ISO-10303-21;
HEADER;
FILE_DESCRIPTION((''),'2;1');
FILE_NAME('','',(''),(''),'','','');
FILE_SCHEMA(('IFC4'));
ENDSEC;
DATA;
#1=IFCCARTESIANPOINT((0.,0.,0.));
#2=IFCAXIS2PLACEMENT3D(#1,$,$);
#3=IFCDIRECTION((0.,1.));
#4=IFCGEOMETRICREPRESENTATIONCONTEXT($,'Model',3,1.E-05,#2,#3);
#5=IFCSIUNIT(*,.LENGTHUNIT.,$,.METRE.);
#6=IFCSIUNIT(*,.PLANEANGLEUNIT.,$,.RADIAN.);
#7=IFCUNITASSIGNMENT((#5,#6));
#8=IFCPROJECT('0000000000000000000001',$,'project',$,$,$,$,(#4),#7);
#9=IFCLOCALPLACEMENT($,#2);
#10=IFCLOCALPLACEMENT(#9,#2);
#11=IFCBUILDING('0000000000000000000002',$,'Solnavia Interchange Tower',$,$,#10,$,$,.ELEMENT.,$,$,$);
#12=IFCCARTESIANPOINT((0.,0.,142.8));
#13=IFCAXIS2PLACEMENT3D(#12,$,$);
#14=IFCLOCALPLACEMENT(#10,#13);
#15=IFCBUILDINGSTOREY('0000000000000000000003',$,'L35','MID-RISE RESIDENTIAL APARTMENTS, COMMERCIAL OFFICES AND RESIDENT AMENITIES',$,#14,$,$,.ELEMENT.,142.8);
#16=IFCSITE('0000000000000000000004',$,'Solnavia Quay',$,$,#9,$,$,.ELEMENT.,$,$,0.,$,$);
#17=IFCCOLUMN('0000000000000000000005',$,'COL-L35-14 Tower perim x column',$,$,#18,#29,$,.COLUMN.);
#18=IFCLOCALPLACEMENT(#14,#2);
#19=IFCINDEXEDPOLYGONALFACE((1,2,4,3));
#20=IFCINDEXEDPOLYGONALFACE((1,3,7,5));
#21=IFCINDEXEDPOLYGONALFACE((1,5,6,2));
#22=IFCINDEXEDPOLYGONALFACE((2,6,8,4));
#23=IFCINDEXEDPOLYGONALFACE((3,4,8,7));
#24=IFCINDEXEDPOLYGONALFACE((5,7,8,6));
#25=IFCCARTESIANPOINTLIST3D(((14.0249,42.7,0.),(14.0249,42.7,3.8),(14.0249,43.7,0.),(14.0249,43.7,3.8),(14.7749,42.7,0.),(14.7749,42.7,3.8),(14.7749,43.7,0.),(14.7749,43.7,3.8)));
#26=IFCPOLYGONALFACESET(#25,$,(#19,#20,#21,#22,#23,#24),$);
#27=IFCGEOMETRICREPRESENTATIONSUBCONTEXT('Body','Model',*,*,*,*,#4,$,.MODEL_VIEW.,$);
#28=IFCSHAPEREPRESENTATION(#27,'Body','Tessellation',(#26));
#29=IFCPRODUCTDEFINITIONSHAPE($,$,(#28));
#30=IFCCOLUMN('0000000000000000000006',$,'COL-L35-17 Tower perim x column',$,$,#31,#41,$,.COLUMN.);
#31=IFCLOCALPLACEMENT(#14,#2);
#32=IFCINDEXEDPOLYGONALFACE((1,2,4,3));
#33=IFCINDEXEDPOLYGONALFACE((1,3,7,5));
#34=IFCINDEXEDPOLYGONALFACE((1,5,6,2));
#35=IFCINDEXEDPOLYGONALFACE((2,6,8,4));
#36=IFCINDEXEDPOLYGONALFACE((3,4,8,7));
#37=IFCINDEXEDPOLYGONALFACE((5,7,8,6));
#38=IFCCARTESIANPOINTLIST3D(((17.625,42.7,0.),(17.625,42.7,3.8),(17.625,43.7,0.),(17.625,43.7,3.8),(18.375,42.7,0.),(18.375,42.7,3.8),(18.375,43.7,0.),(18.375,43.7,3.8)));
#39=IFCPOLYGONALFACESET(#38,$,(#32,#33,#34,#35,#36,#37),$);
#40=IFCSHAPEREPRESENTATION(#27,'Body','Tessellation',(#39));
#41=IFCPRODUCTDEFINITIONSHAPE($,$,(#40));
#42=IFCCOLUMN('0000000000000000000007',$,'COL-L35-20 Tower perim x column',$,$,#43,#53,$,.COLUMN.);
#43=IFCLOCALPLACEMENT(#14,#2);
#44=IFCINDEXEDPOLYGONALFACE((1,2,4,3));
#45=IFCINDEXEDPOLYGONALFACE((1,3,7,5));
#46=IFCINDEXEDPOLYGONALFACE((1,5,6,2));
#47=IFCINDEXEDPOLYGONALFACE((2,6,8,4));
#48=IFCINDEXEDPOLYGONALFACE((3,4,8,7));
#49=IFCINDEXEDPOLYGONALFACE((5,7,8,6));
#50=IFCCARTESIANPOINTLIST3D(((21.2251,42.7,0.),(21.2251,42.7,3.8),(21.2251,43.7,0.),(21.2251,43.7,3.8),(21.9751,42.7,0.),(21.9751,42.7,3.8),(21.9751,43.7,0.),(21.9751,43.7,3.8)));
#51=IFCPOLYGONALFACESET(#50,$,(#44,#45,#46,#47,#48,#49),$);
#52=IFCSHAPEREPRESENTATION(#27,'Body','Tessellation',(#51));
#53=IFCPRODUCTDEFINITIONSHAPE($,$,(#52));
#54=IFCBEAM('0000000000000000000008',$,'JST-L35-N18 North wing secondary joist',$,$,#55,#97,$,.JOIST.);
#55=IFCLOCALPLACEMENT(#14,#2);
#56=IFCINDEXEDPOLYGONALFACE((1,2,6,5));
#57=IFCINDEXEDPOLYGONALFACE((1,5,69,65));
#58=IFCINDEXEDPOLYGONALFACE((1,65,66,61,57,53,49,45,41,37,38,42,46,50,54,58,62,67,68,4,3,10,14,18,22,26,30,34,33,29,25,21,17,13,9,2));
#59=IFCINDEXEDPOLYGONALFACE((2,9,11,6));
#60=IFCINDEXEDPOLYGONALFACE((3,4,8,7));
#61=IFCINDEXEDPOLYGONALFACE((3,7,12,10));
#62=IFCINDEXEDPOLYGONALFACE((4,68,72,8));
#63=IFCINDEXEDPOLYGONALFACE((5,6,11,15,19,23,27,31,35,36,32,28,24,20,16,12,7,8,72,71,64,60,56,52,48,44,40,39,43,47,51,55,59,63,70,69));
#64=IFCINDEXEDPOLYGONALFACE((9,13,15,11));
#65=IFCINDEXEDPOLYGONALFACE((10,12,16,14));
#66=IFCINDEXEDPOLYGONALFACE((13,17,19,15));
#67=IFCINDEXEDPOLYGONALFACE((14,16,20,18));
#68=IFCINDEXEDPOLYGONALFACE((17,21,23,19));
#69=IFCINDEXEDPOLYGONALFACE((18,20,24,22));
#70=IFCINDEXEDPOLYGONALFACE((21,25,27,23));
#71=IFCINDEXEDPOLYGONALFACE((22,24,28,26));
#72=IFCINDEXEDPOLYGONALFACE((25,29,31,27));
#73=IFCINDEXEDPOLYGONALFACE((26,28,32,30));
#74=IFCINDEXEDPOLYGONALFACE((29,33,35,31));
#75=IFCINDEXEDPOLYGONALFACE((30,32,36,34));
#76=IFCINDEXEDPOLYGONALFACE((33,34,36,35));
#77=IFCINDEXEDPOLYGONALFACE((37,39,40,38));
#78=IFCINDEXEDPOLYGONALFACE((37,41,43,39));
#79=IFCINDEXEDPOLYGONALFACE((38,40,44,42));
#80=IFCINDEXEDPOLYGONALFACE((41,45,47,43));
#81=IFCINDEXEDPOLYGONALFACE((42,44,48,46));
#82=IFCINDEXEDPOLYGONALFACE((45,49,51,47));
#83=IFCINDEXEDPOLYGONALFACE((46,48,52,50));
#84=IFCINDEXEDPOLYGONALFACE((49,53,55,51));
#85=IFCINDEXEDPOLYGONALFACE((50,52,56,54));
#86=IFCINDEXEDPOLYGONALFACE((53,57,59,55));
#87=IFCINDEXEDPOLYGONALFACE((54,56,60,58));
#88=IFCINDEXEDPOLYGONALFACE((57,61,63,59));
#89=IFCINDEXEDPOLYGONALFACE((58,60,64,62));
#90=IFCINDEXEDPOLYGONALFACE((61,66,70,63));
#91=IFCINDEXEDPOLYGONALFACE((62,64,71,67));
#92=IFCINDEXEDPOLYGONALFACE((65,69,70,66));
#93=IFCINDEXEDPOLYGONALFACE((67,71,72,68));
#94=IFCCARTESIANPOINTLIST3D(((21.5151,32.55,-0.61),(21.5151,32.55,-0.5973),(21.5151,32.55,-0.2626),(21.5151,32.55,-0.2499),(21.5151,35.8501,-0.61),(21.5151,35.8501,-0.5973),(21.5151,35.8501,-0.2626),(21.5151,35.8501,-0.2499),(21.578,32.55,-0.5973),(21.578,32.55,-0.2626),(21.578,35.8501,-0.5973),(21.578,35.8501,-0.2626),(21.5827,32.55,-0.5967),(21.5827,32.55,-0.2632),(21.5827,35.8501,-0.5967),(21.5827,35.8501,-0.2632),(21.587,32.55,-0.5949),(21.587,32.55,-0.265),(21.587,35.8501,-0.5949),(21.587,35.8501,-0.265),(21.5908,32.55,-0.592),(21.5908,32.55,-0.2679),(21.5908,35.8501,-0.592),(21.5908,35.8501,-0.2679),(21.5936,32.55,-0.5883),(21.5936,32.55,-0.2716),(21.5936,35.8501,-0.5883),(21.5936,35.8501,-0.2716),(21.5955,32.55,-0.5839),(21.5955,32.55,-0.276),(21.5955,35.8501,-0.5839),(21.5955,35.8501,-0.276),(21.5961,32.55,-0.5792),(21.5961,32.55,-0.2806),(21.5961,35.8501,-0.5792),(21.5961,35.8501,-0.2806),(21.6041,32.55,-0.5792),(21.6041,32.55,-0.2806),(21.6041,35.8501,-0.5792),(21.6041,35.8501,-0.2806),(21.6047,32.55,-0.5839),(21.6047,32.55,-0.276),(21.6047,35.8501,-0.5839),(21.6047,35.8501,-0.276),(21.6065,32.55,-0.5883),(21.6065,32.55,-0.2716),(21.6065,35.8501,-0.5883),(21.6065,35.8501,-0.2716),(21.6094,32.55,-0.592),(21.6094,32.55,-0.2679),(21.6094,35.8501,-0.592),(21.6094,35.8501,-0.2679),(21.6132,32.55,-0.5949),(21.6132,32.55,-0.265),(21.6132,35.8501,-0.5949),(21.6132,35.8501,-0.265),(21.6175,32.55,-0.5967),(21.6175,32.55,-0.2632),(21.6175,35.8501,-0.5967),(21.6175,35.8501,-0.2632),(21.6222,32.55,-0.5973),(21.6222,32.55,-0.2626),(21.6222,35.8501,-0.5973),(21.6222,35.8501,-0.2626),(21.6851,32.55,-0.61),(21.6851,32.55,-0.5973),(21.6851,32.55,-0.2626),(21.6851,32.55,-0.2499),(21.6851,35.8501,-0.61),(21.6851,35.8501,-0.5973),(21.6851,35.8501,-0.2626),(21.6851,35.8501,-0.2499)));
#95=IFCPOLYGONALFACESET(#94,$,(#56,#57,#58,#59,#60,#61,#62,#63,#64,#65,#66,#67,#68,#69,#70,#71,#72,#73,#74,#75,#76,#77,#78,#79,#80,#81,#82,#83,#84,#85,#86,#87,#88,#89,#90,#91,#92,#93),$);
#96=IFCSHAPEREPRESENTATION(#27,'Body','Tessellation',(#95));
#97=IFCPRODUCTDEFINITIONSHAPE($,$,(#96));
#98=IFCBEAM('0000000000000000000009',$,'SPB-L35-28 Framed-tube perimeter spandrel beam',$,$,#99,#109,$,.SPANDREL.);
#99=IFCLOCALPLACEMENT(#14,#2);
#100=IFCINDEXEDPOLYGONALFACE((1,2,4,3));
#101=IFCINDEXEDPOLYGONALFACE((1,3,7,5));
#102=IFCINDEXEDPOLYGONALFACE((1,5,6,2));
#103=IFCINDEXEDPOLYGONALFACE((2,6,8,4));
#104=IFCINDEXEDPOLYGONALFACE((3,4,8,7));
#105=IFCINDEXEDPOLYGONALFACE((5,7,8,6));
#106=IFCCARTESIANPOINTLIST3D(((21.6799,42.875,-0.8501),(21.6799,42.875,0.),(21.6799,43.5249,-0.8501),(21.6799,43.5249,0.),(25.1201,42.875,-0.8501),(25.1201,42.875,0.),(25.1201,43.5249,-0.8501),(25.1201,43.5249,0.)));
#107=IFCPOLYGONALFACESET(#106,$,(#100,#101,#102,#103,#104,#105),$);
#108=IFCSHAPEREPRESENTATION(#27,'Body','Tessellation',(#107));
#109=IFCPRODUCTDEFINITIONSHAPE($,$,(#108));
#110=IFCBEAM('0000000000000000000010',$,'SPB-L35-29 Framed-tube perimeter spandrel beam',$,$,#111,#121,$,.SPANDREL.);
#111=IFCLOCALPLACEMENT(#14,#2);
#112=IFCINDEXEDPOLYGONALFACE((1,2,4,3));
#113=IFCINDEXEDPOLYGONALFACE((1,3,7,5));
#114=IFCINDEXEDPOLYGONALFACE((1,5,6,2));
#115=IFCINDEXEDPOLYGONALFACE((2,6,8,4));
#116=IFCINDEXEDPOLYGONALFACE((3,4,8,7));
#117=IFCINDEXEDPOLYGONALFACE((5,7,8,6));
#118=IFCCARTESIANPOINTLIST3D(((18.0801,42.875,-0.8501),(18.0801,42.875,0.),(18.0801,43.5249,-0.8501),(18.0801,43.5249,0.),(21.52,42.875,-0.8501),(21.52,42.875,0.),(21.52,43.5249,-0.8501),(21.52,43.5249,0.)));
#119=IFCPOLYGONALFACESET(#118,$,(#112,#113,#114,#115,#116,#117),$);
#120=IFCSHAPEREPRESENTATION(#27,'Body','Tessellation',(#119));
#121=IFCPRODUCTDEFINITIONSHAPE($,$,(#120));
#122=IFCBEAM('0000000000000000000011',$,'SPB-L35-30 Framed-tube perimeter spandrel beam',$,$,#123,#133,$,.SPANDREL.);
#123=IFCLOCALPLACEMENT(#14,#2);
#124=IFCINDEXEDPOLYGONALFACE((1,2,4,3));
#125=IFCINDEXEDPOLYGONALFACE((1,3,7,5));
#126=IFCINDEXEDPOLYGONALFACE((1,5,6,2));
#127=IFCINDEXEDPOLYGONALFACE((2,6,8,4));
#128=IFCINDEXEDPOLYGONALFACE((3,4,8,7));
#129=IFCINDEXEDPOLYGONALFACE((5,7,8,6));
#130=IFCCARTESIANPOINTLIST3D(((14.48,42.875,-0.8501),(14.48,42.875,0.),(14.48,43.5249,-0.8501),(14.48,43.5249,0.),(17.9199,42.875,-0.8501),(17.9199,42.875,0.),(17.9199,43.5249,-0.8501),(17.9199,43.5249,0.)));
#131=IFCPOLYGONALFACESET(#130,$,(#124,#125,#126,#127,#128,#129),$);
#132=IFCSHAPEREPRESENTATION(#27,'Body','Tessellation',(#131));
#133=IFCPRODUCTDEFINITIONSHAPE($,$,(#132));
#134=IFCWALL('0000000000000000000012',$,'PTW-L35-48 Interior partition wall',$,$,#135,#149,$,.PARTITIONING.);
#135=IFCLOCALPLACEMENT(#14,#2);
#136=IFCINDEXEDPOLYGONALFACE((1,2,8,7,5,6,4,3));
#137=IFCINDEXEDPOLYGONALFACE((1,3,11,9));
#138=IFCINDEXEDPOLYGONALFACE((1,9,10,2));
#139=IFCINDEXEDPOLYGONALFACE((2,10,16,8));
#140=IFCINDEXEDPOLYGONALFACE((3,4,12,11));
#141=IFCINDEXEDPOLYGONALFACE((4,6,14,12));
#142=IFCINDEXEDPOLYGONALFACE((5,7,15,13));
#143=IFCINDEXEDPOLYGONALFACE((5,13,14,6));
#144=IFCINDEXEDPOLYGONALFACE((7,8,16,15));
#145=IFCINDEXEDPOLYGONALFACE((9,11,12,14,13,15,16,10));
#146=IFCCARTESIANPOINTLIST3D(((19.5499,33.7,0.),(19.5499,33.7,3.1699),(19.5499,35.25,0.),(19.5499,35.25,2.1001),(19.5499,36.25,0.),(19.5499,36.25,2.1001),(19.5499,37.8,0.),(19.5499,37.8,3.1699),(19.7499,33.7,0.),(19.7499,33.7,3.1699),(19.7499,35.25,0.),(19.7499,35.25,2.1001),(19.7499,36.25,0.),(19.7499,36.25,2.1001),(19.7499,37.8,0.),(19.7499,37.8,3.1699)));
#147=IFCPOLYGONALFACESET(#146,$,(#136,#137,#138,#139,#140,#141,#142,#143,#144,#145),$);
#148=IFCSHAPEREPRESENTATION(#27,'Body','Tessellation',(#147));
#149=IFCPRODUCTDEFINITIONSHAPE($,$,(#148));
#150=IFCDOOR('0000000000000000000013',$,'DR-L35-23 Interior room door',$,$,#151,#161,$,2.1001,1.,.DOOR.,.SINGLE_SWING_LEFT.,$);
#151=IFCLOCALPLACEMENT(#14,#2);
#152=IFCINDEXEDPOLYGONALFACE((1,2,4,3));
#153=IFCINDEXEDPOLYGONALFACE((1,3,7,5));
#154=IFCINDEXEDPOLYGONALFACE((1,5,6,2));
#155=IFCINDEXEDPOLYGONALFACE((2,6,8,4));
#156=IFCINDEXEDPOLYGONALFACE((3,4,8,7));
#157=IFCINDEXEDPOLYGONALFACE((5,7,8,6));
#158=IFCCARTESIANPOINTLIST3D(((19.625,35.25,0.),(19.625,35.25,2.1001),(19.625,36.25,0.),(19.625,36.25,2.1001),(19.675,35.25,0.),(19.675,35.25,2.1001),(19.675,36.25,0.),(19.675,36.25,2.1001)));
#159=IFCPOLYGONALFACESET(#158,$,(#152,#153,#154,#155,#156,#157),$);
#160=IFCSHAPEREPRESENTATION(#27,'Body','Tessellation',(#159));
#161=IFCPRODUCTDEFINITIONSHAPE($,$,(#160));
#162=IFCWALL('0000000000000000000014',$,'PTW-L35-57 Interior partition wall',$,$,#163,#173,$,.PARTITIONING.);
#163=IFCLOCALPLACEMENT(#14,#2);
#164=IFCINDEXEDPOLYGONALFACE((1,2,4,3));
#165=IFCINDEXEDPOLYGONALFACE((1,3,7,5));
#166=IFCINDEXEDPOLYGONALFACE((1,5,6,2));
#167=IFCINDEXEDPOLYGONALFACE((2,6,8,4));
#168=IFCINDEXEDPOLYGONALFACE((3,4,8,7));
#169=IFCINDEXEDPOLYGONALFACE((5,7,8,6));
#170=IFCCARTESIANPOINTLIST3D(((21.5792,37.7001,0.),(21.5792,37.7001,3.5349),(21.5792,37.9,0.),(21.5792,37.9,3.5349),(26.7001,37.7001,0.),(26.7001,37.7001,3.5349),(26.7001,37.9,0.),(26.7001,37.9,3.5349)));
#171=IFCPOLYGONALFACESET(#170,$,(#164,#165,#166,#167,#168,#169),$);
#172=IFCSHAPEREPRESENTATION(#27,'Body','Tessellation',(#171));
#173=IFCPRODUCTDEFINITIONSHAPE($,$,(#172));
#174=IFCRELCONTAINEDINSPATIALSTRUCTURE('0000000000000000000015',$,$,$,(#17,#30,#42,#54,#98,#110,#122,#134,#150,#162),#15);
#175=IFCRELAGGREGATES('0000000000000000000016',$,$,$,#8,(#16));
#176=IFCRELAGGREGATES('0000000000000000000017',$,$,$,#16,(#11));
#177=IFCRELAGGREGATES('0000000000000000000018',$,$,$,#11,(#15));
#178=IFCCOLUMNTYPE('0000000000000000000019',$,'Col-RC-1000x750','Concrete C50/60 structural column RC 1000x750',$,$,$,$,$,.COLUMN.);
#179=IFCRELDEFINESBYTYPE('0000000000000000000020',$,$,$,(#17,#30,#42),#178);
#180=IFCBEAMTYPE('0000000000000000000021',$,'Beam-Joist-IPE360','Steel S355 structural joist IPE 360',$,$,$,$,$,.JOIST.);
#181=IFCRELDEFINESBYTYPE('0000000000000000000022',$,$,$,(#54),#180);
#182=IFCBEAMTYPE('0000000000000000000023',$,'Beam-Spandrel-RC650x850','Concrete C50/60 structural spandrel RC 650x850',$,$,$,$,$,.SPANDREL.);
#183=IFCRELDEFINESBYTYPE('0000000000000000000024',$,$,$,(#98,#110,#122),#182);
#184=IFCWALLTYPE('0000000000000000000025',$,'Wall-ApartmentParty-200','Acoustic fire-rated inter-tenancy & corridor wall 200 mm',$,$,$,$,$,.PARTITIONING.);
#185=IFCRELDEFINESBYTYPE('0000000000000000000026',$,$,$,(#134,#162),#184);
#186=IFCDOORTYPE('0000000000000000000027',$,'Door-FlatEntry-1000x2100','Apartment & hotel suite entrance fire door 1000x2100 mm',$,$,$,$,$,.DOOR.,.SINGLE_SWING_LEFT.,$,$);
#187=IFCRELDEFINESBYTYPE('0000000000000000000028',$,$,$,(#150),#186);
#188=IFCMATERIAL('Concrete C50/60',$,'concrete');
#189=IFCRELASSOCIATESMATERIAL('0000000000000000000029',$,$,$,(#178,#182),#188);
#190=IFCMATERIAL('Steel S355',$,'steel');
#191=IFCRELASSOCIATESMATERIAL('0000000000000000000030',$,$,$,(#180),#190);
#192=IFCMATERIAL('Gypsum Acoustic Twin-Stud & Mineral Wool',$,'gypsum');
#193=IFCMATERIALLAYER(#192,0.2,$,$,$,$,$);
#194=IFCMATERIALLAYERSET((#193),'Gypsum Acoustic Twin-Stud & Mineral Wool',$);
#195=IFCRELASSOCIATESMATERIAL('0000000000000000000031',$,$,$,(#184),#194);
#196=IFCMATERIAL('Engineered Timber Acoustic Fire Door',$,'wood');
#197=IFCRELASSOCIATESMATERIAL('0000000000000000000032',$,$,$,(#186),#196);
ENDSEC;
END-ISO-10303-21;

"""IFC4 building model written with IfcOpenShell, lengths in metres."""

from ifc_helpers import new_model, si_unit, direction, frame, frame_2d, origin, origin_2d, place, context, subcontext, project, spatial, rectangle, i_section, extrude, material, layer, layer_set, material_profile, profile_set, type_object, element, fill, save


model = new_model("IFC4")

# Units and contexts
model_context = context("Model", 3, precision=1e-05, world=origin(), true_north=direction((0.0, 1.0)))
body_context = subcontext(model_context, "Body", "Model", "MODEL_VIEW")
ifc_project = project(units=[si_unit("LENGTHUNIT", "METRE"), si_unit("PLANEANGLEUNIT", "RADIAN")], contexts=[model_context])

# Site, building, storey
site_placement = place(None, origin())
site = spatial("IfcSite", under=ifc_project, at=site_placement, Name="Solnavia Quay", CompositionType="ELEMENT", RefElevation=0.0)
building_placement = place(site_placement, origin())
building = spatial("IfcBuilding", under=site, at=building_placement, Name="Solnavia Interchange Tower", CompositionType="ELEMENT")
storey_placement = place(building_placement, frame((0.0, 0.0, 142.8)))
storey = spatial("IfcBuildingStorey", under=building, at=storey_placement, Name="L35", Description="MID-RISE RESIDENTIAL APARTMENTS, COMMERCIAL OFFICES AND RESIDENT AMENITIES", CompositionType="ELEMENT", Elevation=142.8)

# Columns
ifc_material_1 = material(Name="Concrete C50/60", Category="concrete")
ifc_material_profile_1 = material_profile(ifc_material_1, rectangle(XDim=0.75, YDim=1.0, at=origin_2d()), Name="RC 1000x750")
ifc_profile_set_1 = profile_set([ifc_material_profile_1], Name="Concrete C50/60")
column_type = type_object("IfcColumnType", Name="Col-RC-1000x750", Description="Concrete C50/60 structural column RC 1000x750", PredefinedType="COLUMN", material=ifc_profile_set_1)
for number, where, z_axis, x_axis, name in (
    (1, (14.3999, 43.2, 0.0), (0.0, 0.0, 1.0), (1.0, 0.0, 0.0), "COL-L35-14 Tower perim x column"),
    (2, (18.0, 43.2, 0.0), (0.0, 0.0, 1.0), (1.0, 0.0, 0.0), "COL-L35-17 Tower perim x column"),
    (3, (21.6001, 43.2, 0.0), (0.0, 0.0, 1.0), (1.0, 0.0, 0.0), "COL-L35-20 Tower perim x column"),
):
    element("IfcColumn", number, at=place(storey_placement, frame(where, z_axis=z_axis, x_axis=x_axis)), inside=storey, type_object=column_type, Name=name, PredefinedType="COLUMN", context=body_context, shape_type="SweptSolid", body=[
        extrude(rectangle(XDim=0.75, YDim=1.0, at=origin_2d()), origin(), (0.0, 0.0, 1.0), 3.8),
    ])

# Beams
ifc_material_2 = material(Name="Steel S355", Category="steel")
ifc_material_profile_2 = material_profile(ifc_material_2, i_section(OverallWidth=0.1699, OverallDepth=0.3601, WebThickness=0.0081, FlangeThickness=0.0127, FilletRadius=0.0181, at=origin_2d()), Name="IPE 360")
ifc_profile_set_2 = profile_set([ifc_material_profile_2], Name="Steel S355")
beam_type_1 = type_object("IfcBeamType", Name="Beam-Joist-IPE360", Description="Steel S355 structural joist IPE 360", PredefinedType="JOIST", material=ifc_profile_set_2)
beam_1_placement = place(storey_placement, frame((21.6001, 32.55, -0.4299), z_axis=(0.0, 1.0, 0.0), x_axis=(-1.0, 0.0, 0.0)))
element("IfcBeam", 4, at=beam_1_placement, inside=storey, type_object=beam_type_1, Name="JST-L35-N18 North wing secondary joist", PredefinedType="JOIST", context=body_context, shape_type="SweptSolid", body=[
    extrude(i_section(OverallWidth=0.1699, OverallDepth=0.3601, WebThickness=0.0081, FlangeThickness=0.0127, FilletRadius=0.0181, at=origin_2d()), origin(), (0.0, 0.0, 1.0), 3.3),
])
ifc_material_profile_3 = material_profile(ifc_material_1, rectangle(XDim=0.6499, YDim=0.8501, at=origin_2d()), Name="RC 650x850")
ifc_profile_set_3 = profile_set([ifc_material_profile_3], Name="Concrete C50/60")
beam_type_2 = type_object("IfcBeamType", Name="Beam-Spandrel-RC650x850", Description="Concrete C50/60 structural spandrel RC 650x850", PredefinedType="SPANDREL", material=ifc_profile_set_3)
beam_2_placement = place(storey_placement, frame((25.1201, 43.2, -0.425), z_axis=(-1.0, 0.0, 0.0), x_axis=(0.0, -1.0, 0.0)))
element("IfcBeam", 5, at=beam_2_placement, inside=storey, type_object=beam_type_2, Name="SPB-L35-28 Framed-tube perimeter spandrel beam", PredefinedType="SPANDREL", context=body_context, shape_type="SweptSolid", body=[
    extrude(rectangle(XDim=0.6499, YDim=0.8501, at=origin_2d()), origin(), (0.0, 0.0, 1.0), 3.4402),
])
for number, where, z_axis, x_axis, name in (
    (6, (21.52, 43.2, -0.425), (-1.0, 0.0, 0.0), (0.0, -1.0, 0.0), "SPB-L35-29 Framed-tube perimeter spandrel beam"),
    (7, (17.9199, 43.2, -0.425), (-1.0, 0.0, 0.0), (0.0, -1.0, 0.0), "SPB-L35-30 Framed-tube perimeter spandrel beam"),
):
    element("IfcBeam", number, at=place(storey_placement, frame(where, z_axis=z_axis, x_axis=x_axis)), inside=storey, type_object=beam_type_2, Name=name, PredefinedType="SPANDREL", context=body_context, shape_type="SweptSolid", body=[
        extrude(rectangle(XDim=0.6499, YDim=0.8501, at=origin_2d()), origin(), (0.0, 0.0, 1.0), 3.4399),
    ])

# Wall, opening, door
ifc_material_3 = material(Name="Gypsum Acoustic Twin-Stud & Mineral Wool", Category="gypsum")
ifc_layer_1 = layer(ifc_material_3, 0.2)
ifc_layer_set_1 = layer_set([ifc_layer_1], Name="Gypsum Acoustic Twin-Stud & Mineral Wool")
wall_type_1 = type_object("IfcWallType", Name="Wall-ApartmentParty-200", Description="Acoustic fire-rated inter-tenancy & corridor wall 200 mm", PredefinedType="PARTITIONING", material=ifc_layer_set_1)
wall_1_placement = place(storey_placement, frame((19.6499, 33.7, 0.0), z_axis=(0.0, 0.0, 1.0), x_axis=(0.0, 1.0, 0.0)))
wall_1 = element("IfcWall", 8, at=wall_1_placement, inside=storey, type_object=wall_type_1, Name="PTW-L35-48 Interior partition wall", PredefinedType="PARTITIONING", context=body_context, shape_type="SweptSolid", body=[
    extrude(rectangle(XDim=4.1001, YDim=0.2, at=frame_2d((2.05, 0.0))), origin(), (0.0, 0.0, 1.0), 3.1699),
])
opening_1_placement = place(wall_1_placement, frame((1.55, 0.0, 0.0)))
opening_1 = element("IfcOpeningElement", 9, at=opening_1_placement, cuts=wall_1, PredefinedType="OPENING", context=body_context, shape_type="SweptSolid", body=[
    extrude(rectangle(XDim=1.0, YDim=2.1001, at=frame_2d((0.5, 1.05))), frame((0.0, 0.1099, 0.0), z_axis=(0.0, -1.0, 0.0), x_axis=(1.0, 0.0, 0.0)), (0.0, 0.0, 1.0), 0.22),
])
ifc_material_4 = material(Name="Engineered Timber Acoustic Fire Door", Category="wood")
door_type_1 = type_object("IfcDoorType", Name="Door-FlatEntry-1000x2100", Description="Apartment & hotel suite entrance fire door 1000x2100 mm", OperationType="SINGLE_SWING_LEFT", PredefinedType="DOOR", material=ifc_material_4)
door_1_placement = place(opening_1_placement, origin())
door_1 = element("IfcDoor", 10, at=door_1_placement, inside=storey, type_object=door_type_1, Name="DR-L35-23 Interior room door", OperationType="SINGLE_SWING_LEFT", OverallHeight=2.1001, OverallWidth=1.0, PredefinedType="DOOR", context=body_context, shape_type="SweptSolid", body=[
    extrude(rectangle(XDim=1.0, YDim=2.1001, at=frame_2d((0.5, 1.05))), frame((0.0, 0.0249, 0.0), z_axis=(0.0, -1.0, 0.0), x_axis=(1.0, 0.0, 0.0)), (0.0, 0.0, 1.0), 0.05),
])
fill(opening_1, door_1)

# Wall
wall_2_placement = place(storey_placement, frame((21.5791, 37.8, 0.0), z_axis=(0.0, 0.0, 1.0), x_axis=(1.0, 0.0, 0.0)))
element("IfcWall", 11, at=wall_2_placement, inside=storey, type_object=wall_type_1, Name="PTW-L35-57 Interior partition wall", PredefinedType="PARTITIONING", context=body_context, shape_type="SweptSolid", body=[
    extrude(rectangle(XDim=5.1208, YDim=0.2, at=frame_2d((2.5605, 0.0))), origin(), (0.0, 0.0, 1.0), 3.5349),
])

save(model, "model.ifc")
